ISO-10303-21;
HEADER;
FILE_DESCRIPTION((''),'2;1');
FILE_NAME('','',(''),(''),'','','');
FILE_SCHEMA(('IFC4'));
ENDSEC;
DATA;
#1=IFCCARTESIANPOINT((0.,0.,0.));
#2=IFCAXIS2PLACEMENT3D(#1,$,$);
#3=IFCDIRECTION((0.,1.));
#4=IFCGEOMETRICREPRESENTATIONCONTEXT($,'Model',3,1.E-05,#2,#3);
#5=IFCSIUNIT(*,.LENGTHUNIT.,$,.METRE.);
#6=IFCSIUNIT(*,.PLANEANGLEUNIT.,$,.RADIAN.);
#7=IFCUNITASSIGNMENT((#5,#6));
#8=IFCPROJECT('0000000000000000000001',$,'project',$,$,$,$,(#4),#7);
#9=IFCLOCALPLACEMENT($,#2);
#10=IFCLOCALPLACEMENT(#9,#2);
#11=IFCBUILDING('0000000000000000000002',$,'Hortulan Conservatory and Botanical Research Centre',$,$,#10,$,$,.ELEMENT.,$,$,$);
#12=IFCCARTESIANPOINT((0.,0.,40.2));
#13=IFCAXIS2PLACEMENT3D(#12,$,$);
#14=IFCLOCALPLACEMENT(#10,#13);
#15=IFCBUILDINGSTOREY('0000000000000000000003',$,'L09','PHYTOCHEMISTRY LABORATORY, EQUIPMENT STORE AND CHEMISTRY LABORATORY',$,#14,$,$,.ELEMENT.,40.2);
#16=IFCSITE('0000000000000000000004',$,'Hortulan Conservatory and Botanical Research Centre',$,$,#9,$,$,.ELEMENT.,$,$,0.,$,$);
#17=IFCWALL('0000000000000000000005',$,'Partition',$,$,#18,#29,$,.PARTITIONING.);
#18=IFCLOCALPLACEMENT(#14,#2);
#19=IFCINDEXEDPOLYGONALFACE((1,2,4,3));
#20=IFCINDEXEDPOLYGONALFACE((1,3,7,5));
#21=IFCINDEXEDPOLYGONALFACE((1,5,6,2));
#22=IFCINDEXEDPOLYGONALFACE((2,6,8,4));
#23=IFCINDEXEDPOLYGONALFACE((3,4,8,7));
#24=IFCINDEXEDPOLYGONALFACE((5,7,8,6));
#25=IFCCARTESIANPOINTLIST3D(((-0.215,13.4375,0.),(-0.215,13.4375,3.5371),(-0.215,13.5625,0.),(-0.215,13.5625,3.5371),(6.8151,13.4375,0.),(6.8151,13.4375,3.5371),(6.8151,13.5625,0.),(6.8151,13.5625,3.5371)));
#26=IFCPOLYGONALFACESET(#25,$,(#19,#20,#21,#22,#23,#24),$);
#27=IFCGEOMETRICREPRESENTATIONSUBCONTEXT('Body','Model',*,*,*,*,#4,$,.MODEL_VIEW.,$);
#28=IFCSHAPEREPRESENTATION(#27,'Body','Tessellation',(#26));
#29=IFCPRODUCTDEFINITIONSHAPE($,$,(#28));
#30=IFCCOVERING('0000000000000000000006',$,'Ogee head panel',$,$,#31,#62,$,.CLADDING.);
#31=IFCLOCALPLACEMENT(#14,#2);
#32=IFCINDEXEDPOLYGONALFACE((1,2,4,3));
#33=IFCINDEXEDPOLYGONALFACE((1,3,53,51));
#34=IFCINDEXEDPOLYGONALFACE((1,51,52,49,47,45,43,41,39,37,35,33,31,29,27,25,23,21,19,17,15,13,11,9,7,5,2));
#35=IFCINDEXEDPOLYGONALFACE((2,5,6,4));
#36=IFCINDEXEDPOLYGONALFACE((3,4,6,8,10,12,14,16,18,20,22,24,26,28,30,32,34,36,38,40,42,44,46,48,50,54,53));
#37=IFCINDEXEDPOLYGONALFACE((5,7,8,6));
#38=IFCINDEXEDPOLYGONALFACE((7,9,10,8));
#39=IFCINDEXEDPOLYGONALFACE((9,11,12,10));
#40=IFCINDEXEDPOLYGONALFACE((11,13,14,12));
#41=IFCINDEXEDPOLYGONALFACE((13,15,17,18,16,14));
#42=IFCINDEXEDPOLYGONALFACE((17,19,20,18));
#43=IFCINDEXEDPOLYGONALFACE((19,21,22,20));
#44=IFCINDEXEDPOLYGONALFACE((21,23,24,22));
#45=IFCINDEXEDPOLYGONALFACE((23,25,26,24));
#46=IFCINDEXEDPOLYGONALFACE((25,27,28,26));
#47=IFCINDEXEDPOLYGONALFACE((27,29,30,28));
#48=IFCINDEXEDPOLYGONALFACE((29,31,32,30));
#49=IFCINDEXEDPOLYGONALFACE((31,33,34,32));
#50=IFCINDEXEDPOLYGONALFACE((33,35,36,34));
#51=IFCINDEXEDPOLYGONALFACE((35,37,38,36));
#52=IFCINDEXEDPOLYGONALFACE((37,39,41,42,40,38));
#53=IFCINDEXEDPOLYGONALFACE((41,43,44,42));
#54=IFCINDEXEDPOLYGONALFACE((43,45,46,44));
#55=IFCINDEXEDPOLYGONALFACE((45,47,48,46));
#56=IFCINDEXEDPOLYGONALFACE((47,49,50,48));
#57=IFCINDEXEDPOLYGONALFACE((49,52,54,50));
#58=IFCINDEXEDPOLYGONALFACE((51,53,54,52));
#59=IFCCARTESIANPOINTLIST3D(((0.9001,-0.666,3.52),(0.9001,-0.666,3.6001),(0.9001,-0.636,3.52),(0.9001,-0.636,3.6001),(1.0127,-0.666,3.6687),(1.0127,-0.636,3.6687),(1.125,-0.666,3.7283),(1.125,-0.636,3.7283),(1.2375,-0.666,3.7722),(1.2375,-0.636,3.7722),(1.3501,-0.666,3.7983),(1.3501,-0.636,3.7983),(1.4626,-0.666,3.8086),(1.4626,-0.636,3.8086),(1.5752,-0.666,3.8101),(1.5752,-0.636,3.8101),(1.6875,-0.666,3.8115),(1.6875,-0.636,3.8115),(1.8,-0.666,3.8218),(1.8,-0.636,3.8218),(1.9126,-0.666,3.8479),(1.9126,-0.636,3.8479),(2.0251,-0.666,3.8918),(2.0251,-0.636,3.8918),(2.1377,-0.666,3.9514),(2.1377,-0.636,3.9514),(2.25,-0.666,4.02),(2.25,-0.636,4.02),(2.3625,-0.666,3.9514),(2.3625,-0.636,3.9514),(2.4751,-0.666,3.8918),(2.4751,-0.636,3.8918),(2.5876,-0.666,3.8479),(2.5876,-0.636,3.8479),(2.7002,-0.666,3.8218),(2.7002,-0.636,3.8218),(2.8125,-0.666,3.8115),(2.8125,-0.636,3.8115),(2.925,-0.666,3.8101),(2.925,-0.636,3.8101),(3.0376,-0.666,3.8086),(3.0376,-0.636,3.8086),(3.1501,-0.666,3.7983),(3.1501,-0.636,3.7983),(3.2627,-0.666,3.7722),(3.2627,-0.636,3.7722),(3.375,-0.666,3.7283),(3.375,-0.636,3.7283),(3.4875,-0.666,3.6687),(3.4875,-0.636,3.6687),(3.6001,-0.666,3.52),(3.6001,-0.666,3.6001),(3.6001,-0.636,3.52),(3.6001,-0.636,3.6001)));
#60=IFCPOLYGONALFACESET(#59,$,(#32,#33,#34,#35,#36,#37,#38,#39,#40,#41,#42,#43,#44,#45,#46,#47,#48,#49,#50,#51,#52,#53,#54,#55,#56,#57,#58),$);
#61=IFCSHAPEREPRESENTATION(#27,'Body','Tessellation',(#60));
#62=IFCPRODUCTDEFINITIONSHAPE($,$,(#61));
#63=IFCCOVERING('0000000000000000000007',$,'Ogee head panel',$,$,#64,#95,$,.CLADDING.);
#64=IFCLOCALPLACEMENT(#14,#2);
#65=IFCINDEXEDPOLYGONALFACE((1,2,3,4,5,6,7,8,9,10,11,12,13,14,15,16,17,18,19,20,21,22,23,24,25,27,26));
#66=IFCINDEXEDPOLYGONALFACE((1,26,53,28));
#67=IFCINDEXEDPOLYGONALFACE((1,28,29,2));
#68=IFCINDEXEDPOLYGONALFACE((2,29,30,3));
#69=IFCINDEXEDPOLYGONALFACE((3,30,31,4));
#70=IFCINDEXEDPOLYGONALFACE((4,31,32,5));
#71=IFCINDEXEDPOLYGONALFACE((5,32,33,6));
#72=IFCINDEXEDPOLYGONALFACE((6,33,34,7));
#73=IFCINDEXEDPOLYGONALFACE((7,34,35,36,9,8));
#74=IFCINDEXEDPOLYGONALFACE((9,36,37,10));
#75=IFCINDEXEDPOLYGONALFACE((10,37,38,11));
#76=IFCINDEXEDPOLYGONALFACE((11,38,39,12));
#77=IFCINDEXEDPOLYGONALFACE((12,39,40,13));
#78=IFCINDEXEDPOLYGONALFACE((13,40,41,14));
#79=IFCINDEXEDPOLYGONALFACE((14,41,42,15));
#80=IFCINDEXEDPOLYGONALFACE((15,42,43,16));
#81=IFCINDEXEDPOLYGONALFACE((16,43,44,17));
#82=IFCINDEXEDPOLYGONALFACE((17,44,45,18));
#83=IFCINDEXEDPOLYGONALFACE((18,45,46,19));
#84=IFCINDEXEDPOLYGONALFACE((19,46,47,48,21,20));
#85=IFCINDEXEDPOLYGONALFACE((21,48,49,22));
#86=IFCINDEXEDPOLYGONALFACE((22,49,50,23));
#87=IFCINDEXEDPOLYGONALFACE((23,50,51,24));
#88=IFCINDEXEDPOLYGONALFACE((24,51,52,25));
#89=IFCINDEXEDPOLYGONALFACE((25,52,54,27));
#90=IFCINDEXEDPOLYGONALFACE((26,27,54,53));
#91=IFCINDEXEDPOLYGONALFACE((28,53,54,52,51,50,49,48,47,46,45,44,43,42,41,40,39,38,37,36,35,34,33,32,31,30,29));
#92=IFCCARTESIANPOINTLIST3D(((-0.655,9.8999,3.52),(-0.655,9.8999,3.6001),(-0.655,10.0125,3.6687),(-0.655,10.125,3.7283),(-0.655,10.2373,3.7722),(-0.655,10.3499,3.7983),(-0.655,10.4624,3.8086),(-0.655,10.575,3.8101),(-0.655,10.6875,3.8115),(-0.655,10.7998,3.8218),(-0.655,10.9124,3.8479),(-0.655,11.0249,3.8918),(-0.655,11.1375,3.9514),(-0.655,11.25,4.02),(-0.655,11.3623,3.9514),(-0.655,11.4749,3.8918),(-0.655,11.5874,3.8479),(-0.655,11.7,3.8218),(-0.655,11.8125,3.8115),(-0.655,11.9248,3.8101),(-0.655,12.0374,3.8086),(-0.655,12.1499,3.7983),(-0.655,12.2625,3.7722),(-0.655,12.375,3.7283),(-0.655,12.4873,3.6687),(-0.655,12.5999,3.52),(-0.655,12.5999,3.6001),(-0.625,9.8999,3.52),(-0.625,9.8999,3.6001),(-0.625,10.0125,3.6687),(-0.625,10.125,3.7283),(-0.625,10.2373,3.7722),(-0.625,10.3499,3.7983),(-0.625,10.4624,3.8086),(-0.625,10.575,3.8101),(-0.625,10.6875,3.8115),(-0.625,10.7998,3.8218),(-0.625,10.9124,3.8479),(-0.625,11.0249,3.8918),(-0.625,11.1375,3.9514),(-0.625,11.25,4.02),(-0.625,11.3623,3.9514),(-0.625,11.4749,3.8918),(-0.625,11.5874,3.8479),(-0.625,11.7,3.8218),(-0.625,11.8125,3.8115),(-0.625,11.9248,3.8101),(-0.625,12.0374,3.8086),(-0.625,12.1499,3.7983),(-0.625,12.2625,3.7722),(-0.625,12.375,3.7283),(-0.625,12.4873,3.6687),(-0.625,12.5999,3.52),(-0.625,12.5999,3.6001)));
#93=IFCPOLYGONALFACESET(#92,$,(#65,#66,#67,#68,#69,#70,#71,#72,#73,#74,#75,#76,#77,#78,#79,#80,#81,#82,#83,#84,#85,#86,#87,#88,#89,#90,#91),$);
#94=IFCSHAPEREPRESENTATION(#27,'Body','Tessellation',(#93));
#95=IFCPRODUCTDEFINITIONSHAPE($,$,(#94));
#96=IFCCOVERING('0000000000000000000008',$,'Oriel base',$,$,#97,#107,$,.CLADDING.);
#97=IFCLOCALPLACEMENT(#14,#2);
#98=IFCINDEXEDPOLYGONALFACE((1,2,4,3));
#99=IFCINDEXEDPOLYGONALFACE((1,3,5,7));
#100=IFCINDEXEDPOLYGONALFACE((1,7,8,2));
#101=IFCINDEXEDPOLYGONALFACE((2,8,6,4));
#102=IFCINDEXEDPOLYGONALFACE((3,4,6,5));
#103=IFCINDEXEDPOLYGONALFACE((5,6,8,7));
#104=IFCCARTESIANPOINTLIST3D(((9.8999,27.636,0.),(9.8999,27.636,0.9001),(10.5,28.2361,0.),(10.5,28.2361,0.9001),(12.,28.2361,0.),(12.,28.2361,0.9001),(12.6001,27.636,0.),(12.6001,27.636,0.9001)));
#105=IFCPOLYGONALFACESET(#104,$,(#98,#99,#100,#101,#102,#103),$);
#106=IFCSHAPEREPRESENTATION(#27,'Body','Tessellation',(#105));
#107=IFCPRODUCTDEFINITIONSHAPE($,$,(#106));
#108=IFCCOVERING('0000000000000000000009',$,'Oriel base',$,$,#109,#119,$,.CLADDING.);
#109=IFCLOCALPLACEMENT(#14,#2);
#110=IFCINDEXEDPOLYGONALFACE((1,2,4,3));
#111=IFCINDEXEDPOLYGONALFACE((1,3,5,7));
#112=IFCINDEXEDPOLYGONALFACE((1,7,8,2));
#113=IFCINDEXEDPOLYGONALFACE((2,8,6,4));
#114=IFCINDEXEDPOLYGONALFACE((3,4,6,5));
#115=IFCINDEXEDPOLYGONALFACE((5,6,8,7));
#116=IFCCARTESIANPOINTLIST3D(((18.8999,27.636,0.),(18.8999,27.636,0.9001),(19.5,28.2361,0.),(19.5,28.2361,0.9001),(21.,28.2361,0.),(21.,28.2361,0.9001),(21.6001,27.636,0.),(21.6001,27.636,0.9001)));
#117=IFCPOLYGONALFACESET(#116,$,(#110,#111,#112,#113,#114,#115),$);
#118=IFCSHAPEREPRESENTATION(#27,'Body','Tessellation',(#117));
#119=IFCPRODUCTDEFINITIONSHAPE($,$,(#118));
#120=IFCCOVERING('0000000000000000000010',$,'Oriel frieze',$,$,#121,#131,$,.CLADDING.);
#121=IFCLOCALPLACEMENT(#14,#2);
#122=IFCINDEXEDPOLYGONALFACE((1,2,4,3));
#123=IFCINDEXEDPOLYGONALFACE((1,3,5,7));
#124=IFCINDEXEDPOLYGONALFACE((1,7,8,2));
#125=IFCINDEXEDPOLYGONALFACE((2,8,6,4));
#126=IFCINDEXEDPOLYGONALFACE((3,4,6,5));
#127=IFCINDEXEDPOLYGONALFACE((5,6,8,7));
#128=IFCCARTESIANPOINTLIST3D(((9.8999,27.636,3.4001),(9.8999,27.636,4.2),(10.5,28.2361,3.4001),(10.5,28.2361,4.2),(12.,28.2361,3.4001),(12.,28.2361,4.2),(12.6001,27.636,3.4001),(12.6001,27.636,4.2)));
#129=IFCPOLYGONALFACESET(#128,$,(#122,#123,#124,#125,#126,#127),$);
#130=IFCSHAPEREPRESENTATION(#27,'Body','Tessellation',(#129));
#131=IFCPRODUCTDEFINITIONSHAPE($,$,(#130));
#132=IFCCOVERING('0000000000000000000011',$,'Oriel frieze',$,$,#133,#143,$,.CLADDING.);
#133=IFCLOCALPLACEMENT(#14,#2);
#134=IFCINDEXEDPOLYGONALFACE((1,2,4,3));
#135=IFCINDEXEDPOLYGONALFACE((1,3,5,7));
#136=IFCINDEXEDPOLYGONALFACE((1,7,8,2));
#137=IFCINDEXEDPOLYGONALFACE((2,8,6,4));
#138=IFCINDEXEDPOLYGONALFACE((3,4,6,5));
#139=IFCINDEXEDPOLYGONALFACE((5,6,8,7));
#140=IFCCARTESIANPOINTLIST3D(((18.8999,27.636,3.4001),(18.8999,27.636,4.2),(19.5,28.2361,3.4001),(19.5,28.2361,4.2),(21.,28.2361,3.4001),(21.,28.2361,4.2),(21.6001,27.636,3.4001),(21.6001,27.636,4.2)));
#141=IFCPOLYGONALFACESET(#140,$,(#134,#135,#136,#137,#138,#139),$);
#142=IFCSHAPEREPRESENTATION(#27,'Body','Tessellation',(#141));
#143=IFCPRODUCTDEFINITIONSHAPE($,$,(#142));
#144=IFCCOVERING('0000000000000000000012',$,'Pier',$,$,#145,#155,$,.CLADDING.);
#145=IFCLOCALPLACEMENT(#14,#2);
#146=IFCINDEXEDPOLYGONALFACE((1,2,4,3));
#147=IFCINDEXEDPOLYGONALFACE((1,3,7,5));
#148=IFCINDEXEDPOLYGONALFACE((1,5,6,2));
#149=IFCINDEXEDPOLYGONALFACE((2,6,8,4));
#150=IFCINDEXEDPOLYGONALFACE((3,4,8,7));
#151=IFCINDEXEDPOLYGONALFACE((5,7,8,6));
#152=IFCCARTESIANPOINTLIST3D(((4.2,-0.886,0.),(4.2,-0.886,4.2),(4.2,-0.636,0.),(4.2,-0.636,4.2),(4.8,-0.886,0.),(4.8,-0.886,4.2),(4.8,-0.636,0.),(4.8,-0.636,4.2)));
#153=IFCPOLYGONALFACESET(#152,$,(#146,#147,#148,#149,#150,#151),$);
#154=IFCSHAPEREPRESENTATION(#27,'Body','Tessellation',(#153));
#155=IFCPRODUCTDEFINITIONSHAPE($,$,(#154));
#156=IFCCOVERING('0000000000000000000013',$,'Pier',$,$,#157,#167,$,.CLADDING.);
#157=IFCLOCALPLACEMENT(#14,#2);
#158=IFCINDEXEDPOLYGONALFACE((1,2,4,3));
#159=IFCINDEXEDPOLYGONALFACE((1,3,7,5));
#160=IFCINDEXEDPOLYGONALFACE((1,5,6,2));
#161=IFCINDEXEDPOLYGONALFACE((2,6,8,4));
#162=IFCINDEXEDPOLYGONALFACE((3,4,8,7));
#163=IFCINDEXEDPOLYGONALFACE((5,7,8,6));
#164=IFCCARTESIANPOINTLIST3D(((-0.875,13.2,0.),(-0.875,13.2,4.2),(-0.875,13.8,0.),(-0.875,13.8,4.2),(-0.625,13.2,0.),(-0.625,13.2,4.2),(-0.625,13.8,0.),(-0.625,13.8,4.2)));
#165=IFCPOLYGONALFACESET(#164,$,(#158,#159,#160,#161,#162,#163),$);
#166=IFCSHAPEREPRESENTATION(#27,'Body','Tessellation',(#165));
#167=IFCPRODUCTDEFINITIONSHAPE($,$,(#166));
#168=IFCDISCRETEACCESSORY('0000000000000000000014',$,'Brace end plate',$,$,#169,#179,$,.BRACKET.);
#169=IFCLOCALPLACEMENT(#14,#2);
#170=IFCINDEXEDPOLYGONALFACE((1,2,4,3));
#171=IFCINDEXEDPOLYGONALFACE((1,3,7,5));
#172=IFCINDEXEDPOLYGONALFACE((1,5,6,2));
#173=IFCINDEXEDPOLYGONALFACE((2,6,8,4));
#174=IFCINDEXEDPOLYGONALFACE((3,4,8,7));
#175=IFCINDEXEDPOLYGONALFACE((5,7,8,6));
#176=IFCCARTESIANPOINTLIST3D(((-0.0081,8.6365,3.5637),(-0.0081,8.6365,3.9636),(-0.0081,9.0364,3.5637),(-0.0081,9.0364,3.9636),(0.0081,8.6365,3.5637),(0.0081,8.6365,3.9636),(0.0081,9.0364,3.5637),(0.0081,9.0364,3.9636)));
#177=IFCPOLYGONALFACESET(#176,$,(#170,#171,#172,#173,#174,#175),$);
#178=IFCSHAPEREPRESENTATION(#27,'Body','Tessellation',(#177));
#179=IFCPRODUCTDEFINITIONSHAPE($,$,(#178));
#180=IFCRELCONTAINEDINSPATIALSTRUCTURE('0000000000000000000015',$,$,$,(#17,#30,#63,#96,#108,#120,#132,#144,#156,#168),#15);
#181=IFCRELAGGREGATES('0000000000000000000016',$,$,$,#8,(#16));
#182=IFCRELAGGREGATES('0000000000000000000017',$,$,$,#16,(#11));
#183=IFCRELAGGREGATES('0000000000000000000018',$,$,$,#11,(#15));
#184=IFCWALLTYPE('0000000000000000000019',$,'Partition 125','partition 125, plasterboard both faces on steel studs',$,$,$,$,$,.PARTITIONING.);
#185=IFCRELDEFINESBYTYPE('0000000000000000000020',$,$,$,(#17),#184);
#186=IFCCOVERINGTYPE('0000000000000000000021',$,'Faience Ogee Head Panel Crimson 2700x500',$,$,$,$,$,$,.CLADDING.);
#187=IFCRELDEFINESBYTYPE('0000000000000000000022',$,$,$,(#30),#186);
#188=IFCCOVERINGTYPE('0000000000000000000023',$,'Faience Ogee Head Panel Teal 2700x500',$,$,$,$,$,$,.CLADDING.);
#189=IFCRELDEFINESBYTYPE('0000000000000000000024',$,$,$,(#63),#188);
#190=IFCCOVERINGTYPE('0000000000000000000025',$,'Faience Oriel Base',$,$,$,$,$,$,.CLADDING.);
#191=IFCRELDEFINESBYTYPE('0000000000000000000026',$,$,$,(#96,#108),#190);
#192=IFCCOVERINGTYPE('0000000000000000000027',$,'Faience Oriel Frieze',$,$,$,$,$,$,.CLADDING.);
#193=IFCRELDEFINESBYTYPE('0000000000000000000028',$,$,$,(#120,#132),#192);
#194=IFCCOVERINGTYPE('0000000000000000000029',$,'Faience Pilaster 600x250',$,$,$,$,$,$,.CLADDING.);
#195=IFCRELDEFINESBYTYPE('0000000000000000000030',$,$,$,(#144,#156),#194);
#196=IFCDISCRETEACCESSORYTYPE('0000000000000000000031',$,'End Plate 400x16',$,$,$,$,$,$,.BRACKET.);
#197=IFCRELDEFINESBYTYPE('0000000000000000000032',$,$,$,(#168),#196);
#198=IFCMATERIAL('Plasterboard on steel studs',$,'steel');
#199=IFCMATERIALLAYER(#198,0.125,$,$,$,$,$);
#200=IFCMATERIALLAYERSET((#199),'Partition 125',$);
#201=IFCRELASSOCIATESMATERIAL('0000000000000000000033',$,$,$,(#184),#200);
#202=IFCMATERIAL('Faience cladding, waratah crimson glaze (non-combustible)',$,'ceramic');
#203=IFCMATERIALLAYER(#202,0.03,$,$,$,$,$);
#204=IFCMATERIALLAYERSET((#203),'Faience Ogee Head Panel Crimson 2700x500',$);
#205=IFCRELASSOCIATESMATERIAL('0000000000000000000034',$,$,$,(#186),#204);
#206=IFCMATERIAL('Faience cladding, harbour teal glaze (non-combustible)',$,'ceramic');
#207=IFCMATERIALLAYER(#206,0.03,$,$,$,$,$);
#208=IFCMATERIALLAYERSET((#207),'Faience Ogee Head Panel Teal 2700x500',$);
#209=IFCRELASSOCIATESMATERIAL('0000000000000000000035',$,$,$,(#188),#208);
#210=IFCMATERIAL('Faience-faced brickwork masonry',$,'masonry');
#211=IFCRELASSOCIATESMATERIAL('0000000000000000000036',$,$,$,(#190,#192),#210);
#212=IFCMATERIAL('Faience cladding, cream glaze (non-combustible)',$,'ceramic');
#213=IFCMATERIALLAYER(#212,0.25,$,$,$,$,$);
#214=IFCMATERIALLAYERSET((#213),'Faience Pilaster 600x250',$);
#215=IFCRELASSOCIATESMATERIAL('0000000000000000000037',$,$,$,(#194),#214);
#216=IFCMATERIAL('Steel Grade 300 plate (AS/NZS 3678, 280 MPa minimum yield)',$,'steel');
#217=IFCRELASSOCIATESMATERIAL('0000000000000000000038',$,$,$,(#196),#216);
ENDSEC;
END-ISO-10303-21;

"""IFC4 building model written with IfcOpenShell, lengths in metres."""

from ifc_helpers import new_model, si_unit, direction, frame, frame_2d, origin, origin_2d, place, context, subcontext, project, spatial, polyline, rectangle, outline, extrude, material, layer, layer_set, type_object, element, save


model = new_model("IFC4")

# Units and contexts
model_context = context("Model", 3, precision=1e-05, world=origin(), true_north=direction((0.0, 1.0)))
body_context = subcontext(model_context, "Body", "Model", "MODEL_VIEW")
ifc_project = project(units=[si_unit("LENGTHUNIT", "METRE"), si_unit("PLANEANGLEUNIT", "RADIAN")], contexts=[model_context])

# Site, building, storey
site_placement = place(None, origin())
site = spatial("IfcSite", under=ifc_project, at=site_placement, Name="Hortulan Conservatory and Botanical Research Centre", CompositionType="ELEMENT", RefElevation=0.0)
building_placement = place(site_placement, origin())
building = spatial("IfcBuilding", under=site, at=building_placement, Name="Hortulan Conservatory and Botanical Research Centre", CompositionType="ELEMENT")
storey_placement = place(building_placement, frame((0.0, 0.0, 40.2)))
storey = spatial("IfcBuildingStorey", under=building, at=storey_placement, Name="L09", Description="PHYTOCHEMISTRY LABORATORY, EQUIPMENT STORE AND CHEMISTRY LABORATORY", CompositionType="ELEMENT", Elevation=40.2)

# Shared definitions
ifc_material_1 = material(Name="Faience-faced brickwork masonry", Category="masonry")

# Wall
ifc_material_2 = material(Name="Plasterboard on steel studs", Category="steel")
ifc_layer_1 = layer(ifc_material_2, 0.125)
ifc_layer_set_1 = layer_set([ifc_layer_1], Name="Partition 125")
wall_type_1 = type_object("IfcWallType", Name="Partition 125", Description="partition 125, plasterboard both faces on steel studs", PredefinedType="PARTITIONING", material=ifc_layer_set_1)
wall_1_placement = place(storey_placement, frame((-0.2151, 13.5, 0.0), z_axis=(0.0, 0.0, 1.0), x_axis=(1.0, 0.0, 0.0)))
element("IfcWall", 1, at=wall_1_placement, inside=storey, type_object=wall_type_1, Name="Partition", PredefinedType="PARTITIONING", context=body_context, shape_type="SweptSolid", body=[
    extrude(rectangle(XDim=7.03, YDim=0.125, at=frame_2d((3.5151, 0.0))), origin(), (0.0, 0.0, 1.0), 3.5371),
])

# Coverings
ifc_material_3 = material(Name="Faience cladding, waratah crimson glaze (non-combustible)", Category="ceramic")
ifc_layer_2 = layer(ifc_material_3, 0.03)
ifc_layer_set_2 = layer_set([ifc_layer_2], Name="Faience Ogee Head Panel Crimson 2700x500")
covering_type_1 = type_object("IfcCoveringType", Name="Faience Ogee Head Panel Crimson 2700x500", PredefinedType="CLADDING", material=ifc_layer_set_2)
covering_1_placement = place(storey_placement, frame((3.6001, -0.6509, 3.52), z_axis=(0.0, 0.0, 1.0), x_axis=(-1.0, 0.0, 0.0)))
element("IfcCovering", 2, at=covering_1_placement, inside=storey, type_object=covering_type_1, Name="Ogee head panel", PredefinedType="CLADDING", context=body_context, shape_type="SweptSolid", body=[
    extrude(outline(polyline([(0.0, 0.0), (2.7, 0.0), (2.7, 0.0801), (2.5874, 0.1487), (2.4751, 0.2083), (2.3625, 0.2522), (2.25, 0.2783), (2.1375, 0.2886), (2.0249, 0.29), (1.9126, 0.2915), (1.8, 0.3018), (1.6875, 0.3279), (1.575, 0.3718), (1.4624, 0.4314), (1.3501, 0.5), (1.2375, 0.4314), (1.125, 0.3718), (1.0125, 0.3279), (0.8999, 0.3018), (0.7876, 0.2915), (0.675, 0.29), (0.5625, 0.2886), (0.45, 0.2783), (0.3374, 0.2522), (0.2251, 0.2083), (0.1125, 0.1487), (0.0, 0.0801), (0.0, 0.0)])), frame((0.0, 0.0151, 0.0), z_axis=(0.0, -1.0, 0.0), x_axis=(1.0, 0.0, 0.0)), (0.0, 0.0, 1.0), 0.03),
])
ifc_material_4 = material(Name="Faience cladding, harbour teal glaze (non-combustible)", Category="ceramic")
ifc_layer_3 = layer(ifc_material_4, 0.03)
ifc_layer_set_3 = layer_set([ifc_layer_3], Name="Faience Ogee Head Panel Teal 2700x500")
covering_type_2 = type_object("IfcCoveringType", Name="Faience Ogee Head Panel Teal 2700x500", PredefinedType="CLADDING", material=ifc_layer_set_3)
covering_2_placement = place(storey_placement, frame((-0.6399, 9.8999, 3.52), z_axis=(0.0, 0.0, 1.0), x_axis=(0.0, 1.0, 0.0)))
element("IfcCovering", 3, at=covering_2_placement, inside=storey, type_object=covering_type_2, Name="Ogee head panel", PredefinedType="CLADDING", context=body_context, shape_type="SweptSolid", body=[
    extrude(outline(polyline([(0.0, 0.0), (2.7, 0.0), (2.7, 0.0801), (2.5874, 0.1487), (2.4751, 0.2083), (2.3625, 0.2522), (2.25, 0.2783), (2.1375, 0.2886), (2.0249, 0.29), (1.9126, 0.2915), (1.8, 0.3018), (1.6875, 0.3279), (1.575, 0.3718), (1.4624, 0.4314), (1.3501, 0.5), (1.2375, 0.4314), (1.125, 0.3718), (1.0125, 0.3279), (0.8999, 0.3018), (0.7876, 0.2915), (0.675, 0.29), (0.5625, 0.2886), (0.45, 0.2783), (0.3374, 0.2522), (0.2251, 0.2083), (0.1125, 0.1487), (0.0, 0.0801), (0.0, 0.0)])), frame((0.0, 0.0151, 0.0), z_axis=(0.0, -1.0, 0.0), x_axis=(1.0, 0.0, 0.0)), (0.0, 0.0, 1.0), 0.03),
])
covering_type_3 = type_object("IfcCoveringType", Name="Faience Oriel Base", PredefinedType="CLADDING", material=ifc_material_1)
covering_3_placement = place(storey_placement, origin())
element("IfcCovering", 4, at=covering_3_placement, inside=storey, type_object=covering_type_3, Name="Oriel base", PredefinedType="CLADDING", context=body_context, shape_type="SweptSolid", body=[
    extrude(outline(polyline([(9.8999, 27.636), (10.5, 28.2361), (12.0, 28.2361), (12.6001, 27.636), (9.8999, 27.636)])), origin(), (0.0, 0.0, 1.0), 0.9001),
])
covering_4_placement = place(storey_placement, origin())
element("IfcCovering", 5, at=covering_4_placement, inside=storey, type_object=covering_type_3, Name="Oriel base", PredefinedType="CLADDING", context=body_context, shape_type="SweptSolid", body=[
    extrude(outline(polyline([(18.8999, 27.636), (19.5, 28.2361), (21.0, 28.2361), (21.6001, 27.636), (18.8999, 27.636)])), origin(), (0.0, 0.0, 1.0), 0.9001),
])
covering_type_4 = type_object("IfcCoveringType", Name="Faience Oriel Frieze", PredefinedType="CLADDING", material=ifc_material_1)
covering_5_placement = place(storey_placement, frame((0.0, 0.0, 3.4001)))
element("IfcCovering", 6, at=covering_5_placement, inside=storey, type_object=covering_type_4, Name="Oriel frieze", PredefinedType="CLADDING", context=body_context, shape_type="SweptSolid", body=[
    extrude(outline(polyline([(9.8999, 27.636), (10.5, 28.2361), (12.0, 28.2361), (12.6001, 27.636), (9.8999, 27.636)])), origin(), (0.0, 0.0, 1.0), 0.7998),
])
covering_6_placement = place(storey_placement, frame((0.0, 0.0, 3.4001)))
element("IfcCovering", 7, at=covering_6_placement, inside=storey, type_object=covering_type_4, Name="Oriel frieze", PredefinedType="CLADDING", context=body_context, shape_type="SweptSolid", body=[
    extrude(outline(polyline([(18.8999, 27.636), (19.5, 28.2361), (21.0, 28.2361), (21.6001, 27.636), (18.8999, 27.636)])), origin(), (0.0, 0.0, 1.0), 0.7998),
])
ifc_material_5 = material(Name="Faience cladding, cream glaze (non-combustible)", Category="ceramic")
ifc_layer_4 = layer(ifc_material_5, 0.25)
ifc_layer_set_4 = layer_set([ifc_layer_4], Name="Faience Pilaster 600x250")
covering_type_5 = type_object("IfcCoveringType", Name="Faience Pilaster 600x250", PredefinedType="CLADDING", material=ifc_layer_set_4)
for number, where, z_axis, x_axis, name in (
    (8, (4.5, -0.761, 0.0), (0.0, 0.0, 1.0), (-1.0, 0.0, 0.0), "Pier"),
    (9, (-0.75, 13.5, 0.0), (0.0, 0.0, 1.0), (0.0, 1.0, 0.0), "Pier"),
):
    element("IfcCovering", number, at=place(storey_placement, frame(where, z_axis=z_axis, x_axis=x_axis)), inside=storey, type_object=covering_type_5, Name=name, PredefinedType="CLADDING", context=body_context, shape_type="SweptSolid", body=[
        extrude(rectangle(XDim=0.6001, YDim=0.25, at=origin_2d()), origin(), (0.0, 0.0, 1.0), 4.2),
    ])

# Discrete accessory
ifc_material_6 = material(Name="Steel Grade 300 plate (AS/NZS 3678, 280 MPa minimum yield)", Category="steel")
discrete_accessory_type = type_object("IfcDiscreteAccessoryType", Name="End Plate 400x16", PredefinedType="BRACKET", material=ifc_material_6)
for number, where, z_axis, x_axis, name in (
    (10, (0.0, 8.8364, 3.5637), (0.0, 0.0, 1.0), (0.0, -1.0, 0.0), "Brace end plate"),
):
    element("IfcDiscreteAccessory", number, at=place(storey_placement, frame(where, z_axis=z_axis, x_axis=x_axis)), inside=storey, type_object=discrete_accessory_type, Name=name, PredefinedType="BRACKET", context=body_context, shape_type="SweptSolid", body=[
        extrude(rectangle(XDim=0.3999, YDim=0.0161, at=origin_2d()), origin(), (0.0, 0.0, 1.0), 0.3999),
    ])

save(model, "model.ifc")
